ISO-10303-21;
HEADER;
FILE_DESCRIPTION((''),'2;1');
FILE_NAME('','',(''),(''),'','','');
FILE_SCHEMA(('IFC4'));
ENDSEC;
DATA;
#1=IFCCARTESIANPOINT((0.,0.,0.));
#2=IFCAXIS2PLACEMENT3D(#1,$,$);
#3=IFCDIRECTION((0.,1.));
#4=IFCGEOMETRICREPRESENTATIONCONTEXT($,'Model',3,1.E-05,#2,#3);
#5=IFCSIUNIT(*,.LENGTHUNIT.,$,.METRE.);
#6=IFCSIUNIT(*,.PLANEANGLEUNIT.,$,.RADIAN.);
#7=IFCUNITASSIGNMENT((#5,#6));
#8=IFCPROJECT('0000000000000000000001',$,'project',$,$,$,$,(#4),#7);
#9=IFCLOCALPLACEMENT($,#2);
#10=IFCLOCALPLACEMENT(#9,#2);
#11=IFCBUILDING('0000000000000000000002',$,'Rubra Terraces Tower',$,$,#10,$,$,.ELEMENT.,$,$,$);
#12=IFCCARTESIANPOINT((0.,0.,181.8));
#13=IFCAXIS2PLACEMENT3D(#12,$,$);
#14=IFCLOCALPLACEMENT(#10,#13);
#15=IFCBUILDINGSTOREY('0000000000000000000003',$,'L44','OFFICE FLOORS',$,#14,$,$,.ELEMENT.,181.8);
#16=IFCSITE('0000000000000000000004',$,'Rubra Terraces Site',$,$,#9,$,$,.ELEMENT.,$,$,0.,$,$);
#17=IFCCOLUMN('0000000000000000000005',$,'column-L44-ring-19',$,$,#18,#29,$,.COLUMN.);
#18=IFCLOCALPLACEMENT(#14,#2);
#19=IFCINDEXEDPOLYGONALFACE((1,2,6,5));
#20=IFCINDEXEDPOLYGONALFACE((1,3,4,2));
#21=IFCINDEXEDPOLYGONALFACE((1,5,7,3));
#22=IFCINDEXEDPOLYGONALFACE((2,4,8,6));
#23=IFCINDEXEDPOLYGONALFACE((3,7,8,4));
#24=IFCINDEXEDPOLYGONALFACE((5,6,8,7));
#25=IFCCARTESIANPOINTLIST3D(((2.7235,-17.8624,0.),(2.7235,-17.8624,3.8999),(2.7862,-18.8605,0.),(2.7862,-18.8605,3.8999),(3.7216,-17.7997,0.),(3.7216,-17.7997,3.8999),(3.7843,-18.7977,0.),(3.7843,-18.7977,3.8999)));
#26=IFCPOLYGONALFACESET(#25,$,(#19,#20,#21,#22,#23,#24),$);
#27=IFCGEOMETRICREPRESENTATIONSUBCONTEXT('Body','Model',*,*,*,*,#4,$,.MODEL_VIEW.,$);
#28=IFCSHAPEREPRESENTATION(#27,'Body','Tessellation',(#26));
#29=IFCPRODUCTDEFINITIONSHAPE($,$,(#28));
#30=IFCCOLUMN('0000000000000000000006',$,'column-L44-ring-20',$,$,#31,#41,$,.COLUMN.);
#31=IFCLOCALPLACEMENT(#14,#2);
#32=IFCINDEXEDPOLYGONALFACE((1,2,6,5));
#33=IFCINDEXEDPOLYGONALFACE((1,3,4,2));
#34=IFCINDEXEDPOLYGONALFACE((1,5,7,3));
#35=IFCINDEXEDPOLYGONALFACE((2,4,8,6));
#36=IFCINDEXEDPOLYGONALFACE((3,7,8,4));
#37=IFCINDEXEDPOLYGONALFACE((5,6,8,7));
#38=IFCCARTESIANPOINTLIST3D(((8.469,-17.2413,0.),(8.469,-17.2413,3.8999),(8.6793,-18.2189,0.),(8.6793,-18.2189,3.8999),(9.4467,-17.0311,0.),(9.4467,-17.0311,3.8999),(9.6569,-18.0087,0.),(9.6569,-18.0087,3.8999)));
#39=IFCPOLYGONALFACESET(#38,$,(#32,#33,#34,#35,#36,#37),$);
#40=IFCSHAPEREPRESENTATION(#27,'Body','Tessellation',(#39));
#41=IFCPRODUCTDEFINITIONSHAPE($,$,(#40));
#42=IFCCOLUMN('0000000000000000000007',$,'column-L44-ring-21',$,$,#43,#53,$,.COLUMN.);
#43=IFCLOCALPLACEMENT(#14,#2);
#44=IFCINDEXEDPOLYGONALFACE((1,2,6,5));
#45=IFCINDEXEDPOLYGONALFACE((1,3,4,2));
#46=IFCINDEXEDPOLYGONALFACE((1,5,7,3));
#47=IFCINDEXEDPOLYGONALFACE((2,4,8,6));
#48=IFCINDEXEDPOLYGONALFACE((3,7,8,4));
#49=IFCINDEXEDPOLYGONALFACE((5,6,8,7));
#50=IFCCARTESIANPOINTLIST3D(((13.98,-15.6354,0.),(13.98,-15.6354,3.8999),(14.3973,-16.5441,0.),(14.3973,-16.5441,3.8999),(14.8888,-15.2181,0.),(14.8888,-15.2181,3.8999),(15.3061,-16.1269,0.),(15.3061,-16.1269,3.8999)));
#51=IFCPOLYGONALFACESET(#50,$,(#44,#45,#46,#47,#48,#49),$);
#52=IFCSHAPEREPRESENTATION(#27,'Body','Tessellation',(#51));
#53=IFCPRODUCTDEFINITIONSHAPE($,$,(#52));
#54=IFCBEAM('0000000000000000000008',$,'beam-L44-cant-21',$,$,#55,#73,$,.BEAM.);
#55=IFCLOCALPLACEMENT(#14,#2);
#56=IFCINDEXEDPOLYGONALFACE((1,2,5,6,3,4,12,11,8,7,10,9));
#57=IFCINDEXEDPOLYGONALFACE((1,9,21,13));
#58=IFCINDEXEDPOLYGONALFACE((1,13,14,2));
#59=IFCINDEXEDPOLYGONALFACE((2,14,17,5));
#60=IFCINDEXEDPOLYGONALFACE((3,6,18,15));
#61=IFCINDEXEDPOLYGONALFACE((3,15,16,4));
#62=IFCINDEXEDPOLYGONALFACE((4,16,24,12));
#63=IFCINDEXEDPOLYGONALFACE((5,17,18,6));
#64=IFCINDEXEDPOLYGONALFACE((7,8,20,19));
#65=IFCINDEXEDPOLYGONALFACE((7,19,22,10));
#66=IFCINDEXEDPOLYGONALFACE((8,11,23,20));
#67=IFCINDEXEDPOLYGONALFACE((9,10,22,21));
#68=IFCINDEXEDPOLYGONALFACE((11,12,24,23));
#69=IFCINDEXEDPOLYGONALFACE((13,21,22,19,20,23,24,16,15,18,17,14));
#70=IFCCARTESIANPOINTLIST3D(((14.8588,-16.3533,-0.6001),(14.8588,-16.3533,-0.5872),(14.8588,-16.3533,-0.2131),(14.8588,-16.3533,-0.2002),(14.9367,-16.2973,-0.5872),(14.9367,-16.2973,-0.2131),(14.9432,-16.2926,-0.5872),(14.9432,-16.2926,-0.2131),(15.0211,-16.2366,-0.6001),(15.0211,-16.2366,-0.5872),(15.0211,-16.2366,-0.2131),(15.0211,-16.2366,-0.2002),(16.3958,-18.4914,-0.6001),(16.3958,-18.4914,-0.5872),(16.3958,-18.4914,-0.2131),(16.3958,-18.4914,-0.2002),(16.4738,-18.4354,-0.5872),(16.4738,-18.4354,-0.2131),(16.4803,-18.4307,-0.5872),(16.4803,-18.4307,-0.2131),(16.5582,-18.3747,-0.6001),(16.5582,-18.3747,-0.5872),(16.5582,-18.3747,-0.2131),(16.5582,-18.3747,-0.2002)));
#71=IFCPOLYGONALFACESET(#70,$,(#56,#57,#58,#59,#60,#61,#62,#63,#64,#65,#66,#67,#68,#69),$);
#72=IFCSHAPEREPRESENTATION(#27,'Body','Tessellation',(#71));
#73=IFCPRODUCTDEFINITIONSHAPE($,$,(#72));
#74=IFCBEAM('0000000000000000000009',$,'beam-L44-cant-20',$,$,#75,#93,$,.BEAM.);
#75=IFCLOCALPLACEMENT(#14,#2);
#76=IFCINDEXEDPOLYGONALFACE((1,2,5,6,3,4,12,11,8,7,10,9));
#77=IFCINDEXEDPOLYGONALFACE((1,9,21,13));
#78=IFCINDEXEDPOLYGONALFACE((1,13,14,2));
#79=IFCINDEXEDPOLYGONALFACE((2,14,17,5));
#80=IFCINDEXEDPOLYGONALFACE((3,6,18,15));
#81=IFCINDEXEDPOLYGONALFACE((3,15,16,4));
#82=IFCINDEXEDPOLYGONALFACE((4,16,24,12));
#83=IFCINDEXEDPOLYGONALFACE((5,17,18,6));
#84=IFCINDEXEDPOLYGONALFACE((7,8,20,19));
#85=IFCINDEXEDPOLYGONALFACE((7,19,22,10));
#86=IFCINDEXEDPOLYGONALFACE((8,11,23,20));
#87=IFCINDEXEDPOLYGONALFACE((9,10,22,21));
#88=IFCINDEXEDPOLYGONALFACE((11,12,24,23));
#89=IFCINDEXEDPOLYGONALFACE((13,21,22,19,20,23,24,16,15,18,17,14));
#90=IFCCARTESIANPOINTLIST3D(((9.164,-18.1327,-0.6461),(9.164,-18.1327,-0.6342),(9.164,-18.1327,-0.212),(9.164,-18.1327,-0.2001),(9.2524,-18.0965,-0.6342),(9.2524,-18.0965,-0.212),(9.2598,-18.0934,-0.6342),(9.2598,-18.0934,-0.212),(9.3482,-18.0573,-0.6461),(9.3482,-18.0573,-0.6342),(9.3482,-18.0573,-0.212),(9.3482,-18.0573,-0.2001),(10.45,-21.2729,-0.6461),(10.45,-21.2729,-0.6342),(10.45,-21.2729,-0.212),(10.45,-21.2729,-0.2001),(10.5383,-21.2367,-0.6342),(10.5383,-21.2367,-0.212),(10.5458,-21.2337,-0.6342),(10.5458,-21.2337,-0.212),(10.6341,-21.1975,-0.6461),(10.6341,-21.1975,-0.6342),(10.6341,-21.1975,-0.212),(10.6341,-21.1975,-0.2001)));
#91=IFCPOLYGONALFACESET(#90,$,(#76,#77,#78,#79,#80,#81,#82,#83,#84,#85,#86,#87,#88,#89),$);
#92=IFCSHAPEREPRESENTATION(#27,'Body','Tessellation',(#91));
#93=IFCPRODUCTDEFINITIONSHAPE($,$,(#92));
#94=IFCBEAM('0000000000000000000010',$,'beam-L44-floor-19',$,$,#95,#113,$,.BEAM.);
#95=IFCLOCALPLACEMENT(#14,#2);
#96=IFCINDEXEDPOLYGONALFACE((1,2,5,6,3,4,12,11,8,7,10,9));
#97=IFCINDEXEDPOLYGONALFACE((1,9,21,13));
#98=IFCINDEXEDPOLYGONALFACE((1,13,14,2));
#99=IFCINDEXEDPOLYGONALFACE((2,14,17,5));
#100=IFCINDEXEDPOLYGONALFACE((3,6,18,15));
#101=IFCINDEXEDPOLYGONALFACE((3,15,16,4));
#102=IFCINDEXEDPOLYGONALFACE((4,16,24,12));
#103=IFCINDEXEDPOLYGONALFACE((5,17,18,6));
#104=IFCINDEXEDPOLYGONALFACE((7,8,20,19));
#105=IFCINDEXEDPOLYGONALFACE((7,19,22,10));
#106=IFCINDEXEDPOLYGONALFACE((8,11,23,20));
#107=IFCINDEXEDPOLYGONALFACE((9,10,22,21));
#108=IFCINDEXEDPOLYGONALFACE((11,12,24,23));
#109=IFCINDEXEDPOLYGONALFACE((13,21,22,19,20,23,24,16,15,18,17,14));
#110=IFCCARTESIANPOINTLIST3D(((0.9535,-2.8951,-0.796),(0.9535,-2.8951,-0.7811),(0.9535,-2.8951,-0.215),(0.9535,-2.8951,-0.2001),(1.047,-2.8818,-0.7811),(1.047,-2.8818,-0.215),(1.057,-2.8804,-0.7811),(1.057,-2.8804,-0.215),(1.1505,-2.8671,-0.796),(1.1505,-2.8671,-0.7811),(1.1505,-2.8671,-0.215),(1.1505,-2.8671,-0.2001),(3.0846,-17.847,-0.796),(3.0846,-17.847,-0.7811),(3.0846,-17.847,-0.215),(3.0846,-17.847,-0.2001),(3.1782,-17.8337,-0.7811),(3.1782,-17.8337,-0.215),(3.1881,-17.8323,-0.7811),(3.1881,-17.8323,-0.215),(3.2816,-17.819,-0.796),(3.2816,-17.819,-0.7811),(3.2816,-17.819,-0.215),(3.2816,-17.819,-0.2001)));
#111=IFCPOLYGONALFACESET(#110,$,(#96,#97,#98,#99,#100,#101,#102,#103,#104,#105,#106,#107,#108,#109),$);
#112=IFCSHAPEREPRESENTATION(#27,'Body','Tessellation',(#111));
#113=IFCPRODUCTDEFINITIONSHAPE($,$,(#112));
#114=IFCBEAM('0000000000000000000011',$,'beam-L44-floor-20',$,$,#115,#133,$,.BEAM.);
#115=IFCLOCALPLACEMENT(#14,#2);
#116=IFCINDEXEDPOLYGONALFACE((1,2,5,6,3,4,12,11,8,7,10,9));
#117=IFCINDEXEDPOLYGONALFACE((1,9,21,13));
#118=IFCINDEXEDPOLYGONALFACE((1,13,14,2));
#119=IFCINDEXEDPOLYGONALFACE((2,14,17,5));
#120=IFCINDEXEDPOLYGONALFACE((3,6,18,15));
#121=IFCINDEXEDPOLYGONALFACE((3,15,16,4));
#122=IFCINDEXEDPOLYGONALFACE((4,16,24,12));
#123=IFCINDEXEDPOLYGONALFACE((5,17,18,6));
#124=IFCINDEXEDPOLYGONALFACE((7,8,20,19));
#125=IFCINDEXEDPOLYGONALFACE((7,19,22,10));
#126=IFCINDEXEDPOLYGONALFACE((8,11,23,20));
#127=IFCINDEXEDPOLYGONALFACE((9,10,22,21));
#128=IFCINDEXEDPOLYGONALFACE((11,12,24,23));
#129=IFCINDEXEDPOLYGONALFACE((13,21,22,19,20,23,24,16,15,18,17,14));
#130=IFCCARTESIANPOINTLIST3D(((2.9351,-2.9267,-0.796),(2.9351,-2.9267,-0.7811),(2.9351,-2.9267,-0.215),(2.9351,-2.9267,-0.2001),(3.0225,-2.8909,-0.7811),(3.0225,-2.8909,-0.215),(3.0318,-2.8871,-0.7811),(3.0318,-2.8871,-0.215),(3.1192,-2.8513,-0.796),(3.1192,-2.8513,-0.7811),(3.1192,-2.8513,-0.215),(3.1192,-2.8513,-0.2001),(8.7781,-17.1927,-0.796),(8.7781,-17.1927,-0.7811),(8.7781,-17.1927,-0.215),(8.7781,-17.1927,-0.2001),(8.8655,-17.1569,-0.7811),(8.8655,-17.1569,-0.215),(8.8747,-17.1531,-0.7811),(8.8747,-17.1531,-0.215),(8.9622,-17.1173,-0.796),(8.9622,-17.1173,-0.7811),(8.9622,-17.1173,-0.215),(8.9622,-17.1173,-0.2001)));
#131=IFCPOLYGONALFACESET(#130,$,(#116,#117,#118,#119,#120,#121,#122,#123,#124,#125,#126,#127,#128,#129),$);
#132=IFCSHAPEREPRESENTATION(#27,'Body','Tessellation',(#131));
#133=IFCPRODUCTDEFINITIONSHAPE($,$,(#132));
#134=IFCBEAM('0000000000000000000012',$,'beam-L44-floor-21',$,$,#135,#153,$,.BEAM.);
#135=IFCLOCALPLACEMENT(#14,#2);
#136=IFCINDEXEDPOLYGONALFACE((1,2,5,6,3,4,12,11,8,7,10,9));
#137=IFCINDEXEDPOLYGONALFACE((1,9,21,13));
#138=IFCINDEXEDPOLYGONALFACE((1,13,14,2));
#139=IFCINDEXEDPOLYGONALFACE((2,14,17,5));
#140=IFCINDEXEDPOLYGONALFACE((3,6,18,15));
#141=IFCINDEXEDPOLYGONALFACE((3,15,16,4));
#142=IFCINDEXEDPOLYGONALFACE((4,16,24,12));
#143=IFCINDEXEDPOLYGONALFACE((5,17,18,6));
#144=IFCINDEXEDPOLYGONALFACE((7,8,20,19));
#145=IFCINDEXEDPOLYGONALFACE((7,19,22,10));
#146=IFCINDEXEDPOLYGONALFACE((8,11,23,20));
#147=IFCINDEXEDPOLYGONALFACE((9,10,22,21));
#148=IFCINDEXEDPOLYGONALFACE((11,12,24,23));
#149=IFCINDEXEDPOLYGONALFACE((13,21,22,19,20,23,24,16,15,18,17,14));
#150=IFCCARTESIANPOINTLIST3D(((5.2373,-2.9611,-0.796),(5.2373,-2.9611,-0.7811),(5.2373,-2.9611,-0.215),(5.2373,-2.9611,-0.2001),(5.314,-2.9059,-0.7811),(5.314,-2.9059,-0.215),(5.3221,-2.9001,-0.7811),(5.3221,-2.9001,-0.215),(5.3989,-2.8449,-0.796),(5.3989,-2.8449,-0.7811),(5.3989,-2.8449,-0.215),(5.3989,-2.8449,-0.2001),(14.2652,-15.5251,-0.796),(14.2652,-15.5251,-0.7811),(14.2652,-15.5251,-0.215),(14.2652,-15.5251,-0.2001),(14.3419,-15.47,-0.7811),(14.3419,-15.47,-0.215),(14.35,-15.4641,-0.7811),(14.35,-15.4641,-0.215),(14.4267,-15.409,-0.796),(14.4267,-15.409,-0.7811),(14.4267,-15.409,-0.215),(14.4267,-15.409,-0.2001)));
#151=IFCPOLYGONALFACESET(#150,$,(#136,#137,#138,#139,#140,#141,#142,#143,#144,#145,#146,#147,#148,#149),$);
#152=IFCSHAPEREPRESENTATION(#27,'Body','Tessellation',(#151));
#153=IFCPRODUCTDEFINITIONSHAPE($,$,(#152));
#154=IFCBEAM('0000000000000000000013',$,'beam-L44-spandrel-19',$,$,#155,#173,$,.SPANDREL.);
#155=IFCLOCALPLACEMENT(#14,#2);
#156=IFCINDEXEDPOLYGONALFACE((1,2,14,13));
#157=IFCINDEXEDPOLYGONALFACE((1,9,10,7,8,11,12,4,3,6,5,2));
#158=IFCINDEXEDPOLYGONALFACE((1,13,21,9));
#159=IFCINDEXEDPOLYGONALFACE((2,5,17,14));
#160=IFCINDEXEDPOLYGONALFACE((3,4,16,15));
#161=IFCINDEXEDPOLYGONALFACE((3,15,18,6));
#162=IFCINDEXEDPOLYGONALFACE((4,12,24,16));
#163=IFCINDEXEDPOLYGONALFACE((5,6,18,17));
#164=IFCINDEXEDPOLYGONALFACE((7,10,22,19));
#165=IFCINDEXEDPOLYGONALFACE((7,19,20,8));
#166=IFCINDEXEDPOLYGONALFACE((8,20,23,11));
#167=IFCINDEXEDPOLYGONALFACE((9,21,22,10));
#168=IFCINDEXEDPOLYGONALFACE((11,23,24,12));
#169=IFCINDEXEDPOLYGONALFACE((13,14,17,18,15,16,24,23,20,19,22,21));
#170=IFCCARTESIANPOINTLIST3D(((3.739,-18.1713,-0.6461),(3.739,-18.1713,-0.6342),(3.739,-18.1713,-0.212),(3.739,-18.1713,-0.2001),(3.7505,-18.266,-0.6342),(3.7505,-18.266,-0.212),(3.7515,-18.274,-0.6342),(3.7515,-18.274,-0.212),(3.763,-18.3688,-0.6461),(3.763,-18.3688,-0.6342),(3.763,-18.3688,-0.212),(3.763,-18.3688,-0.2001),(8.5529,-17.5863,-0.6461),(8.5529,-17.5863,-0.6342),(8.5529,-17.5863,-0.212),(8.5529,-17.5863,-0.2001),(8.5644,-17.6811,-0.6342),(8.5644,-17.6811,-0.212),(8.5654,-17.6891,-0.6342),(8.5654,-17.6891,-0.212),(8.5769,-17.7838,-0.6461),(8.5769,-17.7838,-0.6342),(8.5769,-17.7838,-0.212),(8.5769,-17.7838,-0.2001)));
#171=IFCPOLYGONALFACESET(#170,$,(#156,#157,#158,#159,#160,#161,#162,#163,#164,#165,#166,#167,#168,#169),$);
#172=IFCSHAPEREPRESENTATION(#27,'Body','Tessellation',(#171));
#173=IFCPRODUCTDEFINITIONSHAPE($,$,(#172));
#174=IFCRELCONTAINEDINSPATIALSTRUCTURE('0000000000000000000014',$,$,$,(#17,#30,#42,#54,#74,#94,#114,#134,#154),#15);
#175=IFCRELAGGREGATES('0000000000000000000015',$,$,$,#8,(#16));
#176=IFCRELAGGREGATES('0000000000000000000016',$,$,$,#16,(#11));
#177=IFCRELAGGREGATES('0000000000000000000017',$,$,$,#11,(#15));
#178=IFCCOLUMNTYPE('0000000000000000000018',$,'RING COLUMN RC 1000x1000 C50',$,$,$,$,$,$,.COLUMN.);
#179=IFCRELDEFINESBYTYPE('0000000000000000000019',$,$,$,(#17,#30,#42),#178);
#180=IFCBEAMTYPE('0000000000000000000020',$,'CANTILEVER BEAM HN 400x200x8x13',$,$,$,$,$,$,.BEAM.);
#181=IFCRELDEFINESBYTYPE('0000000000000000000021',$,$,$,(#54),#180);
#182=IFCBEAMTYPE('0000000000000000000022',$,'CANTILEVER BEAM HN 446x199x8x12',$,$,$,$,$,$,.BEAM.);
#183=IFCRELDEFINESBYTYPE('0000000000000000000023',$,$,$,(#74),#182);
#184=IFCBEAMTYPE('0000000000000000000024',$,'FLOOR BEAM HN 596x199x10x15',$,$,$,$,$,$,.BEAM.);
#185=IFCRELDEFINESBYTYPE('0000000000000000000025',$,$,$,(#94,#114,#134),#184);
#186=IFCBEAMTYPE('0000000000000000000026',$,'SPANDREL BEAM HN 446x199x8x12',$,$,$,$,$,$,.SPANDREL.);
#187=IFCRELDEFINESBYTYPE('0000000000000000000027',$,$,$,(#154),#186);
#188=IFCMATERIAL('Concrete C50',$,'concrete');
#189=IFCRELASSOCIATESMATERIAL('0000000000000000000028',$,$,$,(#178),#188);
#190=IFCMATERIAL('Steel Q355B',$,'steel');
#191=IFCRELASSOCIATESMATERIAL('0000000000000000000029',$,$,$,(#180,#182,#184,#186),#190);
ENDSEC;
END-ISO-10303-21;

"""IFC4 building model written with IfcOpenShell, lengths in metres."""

from ifc_helpers import new_model, si_unit, direction, frame, origin, origin_2d, place, context, subcontext, project, spatial, rectangle, i_section, extrude, material, material_profile, profile_set, type_object, element, save


model = new_model("IFC4")

# Units and contexts
model_context = context("Model", 3, precision=1e-05, world=origin(), true_north=direction((0.0, 1.0)))
body_context = subcontext(model_context, "Body", "Model", "MODEL_VIEW")
ifc_project = project(units=[si_unit("LENGTHUNIT", "METRE"), si_unit("PLANEANGLEUNIT", "RADIAN")], contexts=[model_context])

# Site, building, storey
site_placement = place(None, origin())
site = spatial("IfcSite", under=ifc_project, at=site_placement, Name="Rubra Terraces Site", CompositionType="ELEMENT", RefElevation=0.0)
building_placement = place(site_placement, origin())
building = spatial("IfcBuilding", under=site, at=building_placement, Name="Rubra Terraces Tower", CompositionType="ELEMENT")
storey_placement = place(building_placement, frame((0.0, 0.0, 181.8)))
storey = spatial("IfcBuildingStorey", under=building, at=storey_placement, Name="L44", Description="OFFICE FLOORS", CompositionType="ELEMENT", Elevation=181.8)

# Columns
ifc_material_1 = material(Name="Concrete C50", Category="concrete")
ifc_material_profile_1 = material_profile(ifc_material_1, rectangle(XDim=1.0, YDim=1.0, at=origin_2d()), Name="RC 1000x1000")
ifc_profile_set_1 = profile_set([ifc_material_profile_1], Name="Concrete C50")
column_type = type_object("IfcColumnType", Name="RING COLUMN RC 1000x1000 C50", PredefinedType="COLUMN", material=ifc_profile_set_1)
for number, where, z_axis, x_axis, name in (
    (1, (3.2539, -18.3301, 0.0), (0.0, 0.0, 1.0), (0.998032, 0.062714, 0.0), "column-L44-ring-19"),
    (2, (9.063, -17.625, 0.0), (0.0, 0.0, 1.0), (0.977653, 0.210227, 0.0), "column-L44-ring-20"),
    (3, (14.6431, -15.8811, 0.0), (0.0, 0.0, 1.0), (0.908779, 0.417279, 0.0), "column-L44-ring-21"),
):
    element("IfcColumn", number, at=place(storey_placement, frame(where, z_axis=z_axis, x_axis=x_axis)), inside=storey, type_object=column_type, Name=name, PredefinedType="COLUMN", context=body_context, shape_type="SweptSolid", body=[
        extrude(rectangle(XDim=1.0, YDim=1.0, at=origin_2d()), origin(), (0.0, 0.0, 1.0), 3.8999),
    ])

# Beams
ifc_material_2 = material(Name="Steel Q355B", Category="steel")
ifc_material_profile_2 = material_profile(ifc_material_2, i_section(OverallWidth=0.2, OverallDepth=0.3999, WebThickness=0.0081, FlangeThickness=0.0129, at=origin_2d()), Name="HN 400x200x8x13")
ifc_profile_set_2 = profile_set([ifc_material_profile_2], Name="Steel Q355B")
beam_type_1 = type_object("IfcBeamType", Name="CANTILEVER BEAM HN 400x200x8x13", PredefinedType="BEAM", material=ifc_profile_set_2)
beam_1_placement = place(storey_placement, frame((14.9399, -16.2949, -0.4001), z_axis=(0.583709, -0.811963, 0.0), x_axis=(0.811963, 0.583709, 0.0)))
element("IfcBeam", 4, at=beam_1_placement, inside=storey, type_object=beam_type_1, Name="beam-L44-cant-21", PredefinedType="BEAM", context=body_context, shape_type="SweptSolid", body=[
    extrude(i_section(OverallWidth=0.2, OverallDepth=0.3999, WebThickness=0.0081, FlangeThickness=0.0129, at=origin_2d()), origin(), (0.0, 0.0, 1.0), 2.6333),
])
ifc_material_profile_3 = material_profile(ifc_material_2, i_section(OverallWidth=0.199, OverallDepth=0.446, WebThickness=0.0081, FlangeThickness=0.012, at=origin_2d()), Name="HN 446x199x8x12")
ifc_profile_set_3 = profile_set([ifc_material_profile_3], Name="Steel Q355B")
beam_type_2 = type_object("IfcBeamType", Name="CANTILEVER BEAM HN 446x199x8x12", PredefinedType="BEAM", material=ifc_profile_set_3)
beam_2_placement = place(storey_placement, frame((9.2561, -18.095, -0.4231), z_axis=(0.378958, -0.925414, 0.0), x_axis=(0.925414, 0.378958, 0.0)))
element("IfcBeam", 5, at=beam_2_placement, inside=storey, type_object=beam_type_2, Name="beam-L44-cant-20", PredefinedType="BEAM", context=body_context, shape_type="SweptSolid", body=[
    extrude(i_section(OverallWidth=0.199, OverallDepth=0.446, WebThickness=0.0081, FlangeThickness=0.012, at=origin_2d()), origin(), (0.0, 0.0, 1.0), 3.3933),
])
ifc_material_profile_4 = material_profile(ifc_material_2, i_section(OverallWidth=0.199, OverallDepth=0.5959, WebThickness=0.01, FlangeThickness=0.0149, at=origin_2d()), Name="HN 596x199x10x15")
ifc_profile_set_4 = profile_set([ifc_material_profile_4], Name="Steel Q355B")
beam_type_3 = type_object("IfcBeamType", Name="FLOOR BEAM HN 596x199x10x15", PredefinedType="BEAM", material=ifc_profile_set_4)
beam_3_placement = place(storey_placement, frame((3.1831, -17.833, -0.498), z_axis=(-0.141105, 0.989995, 0.0), x_axis=(-0.989995, -0.141105, 0.0)))
element("IfcBeam", 6, at=beam_3_placement, inside=storey, type_object=beam_type_3, Name="beam-L44-floor-19", PredefinedType="BEAM", context=body_context, shape_type="SweptSolid", body=[
    extrude(i_section(OverallWidth=0.199, OverallDepth=0.5959, WebThickness=0.01, FlangeThickness=0.0149, at=origin_2d()), origin(), (0.0, 0.0, 1.0), 15.103),
])
beam_4_placement = place(storey_placement, frame((8.8701, -17.155, -0.498), z_axis=(-0.379015, 0.92539, 0.0), x_axis=(-0.92539, -0.379015, 0.0)))
element("IfcBeam", 7, at=beam_4_placement, inside=storey, type_object=beam_type_3, Name="beam-L44-floor-20", PredefinedType="BEAM", context=body_context, shape_type="SweptSolid", body=[
    extrude(i_section(OverallWidth=0.199, OverallDepth=0.5959, WebThickness=0.01, FlangeThickness=0.0149, at=origin_2d()), origin(), (0.0, 0.0, 1.0), 15.4163),
])
beam_5_placement = place(storey_placement, frame((14.3459, -15.467, -0.498), z_axis=(-0.583529, 0.812092, 0.0), x_axis=(-0.812092, -0.583529, 0.0)))
element("IfcBeam", 8, at=beam_5_placement, inside=storey, type_object=beam_type_3, Name="beam-L44-floor-21", PredefinedType="BEAM", context=body_context, shape_type="SweptSolid", body=[
    extrude(i_section(OverallWidth=0.199, OverallDepth=0.5959, WebThickness=0.01, FlangeThickness=0.0149, at=origin_2d()), origin(), (0.0, 0.0, 1.0), 15.4712),
])
ifc_material_profile_5 = material_profile(ifc_material_2, i_section(OverallWidth=0.199, OverallDepth=0.446, WebThickness=0.0081, FlangeThickness=0.012, at=origin_2d()), Name="HN 446x199x8x12")
ifc_profile_set_5 = profile_set([ifc_material_profile_5], Name="Steel Q355B")
beam_type_4 = type_object("IfcBeamType", Name="SPANDREL BEAM HN 446x199x8x12", PredefinedType="SPANDREL", material=ifc_profile_set_5)
beam_6_placement = place(storey_placement, frame((3.751, -18.27, -0.4231), z_axis=(0.992698, 0.120626, 0.0), x_axis=(-0.120626, 0.992698, 0.0)))
element("IfcBeam", 9, at=beam_6_placement, inside=storey, type_object=beam_type_4, Name="beam-L44-spandrel-19", PredefinedType="SPANDREL", context=body_context, shape_type="SweptSolid", body=[
    extrude(i_section(OverallWidth=0.199, OverallDepth=0.446, WebThickness=0.0081, FlangeThickness=0.012, at=origin_2d()), origin(), (0.0, 0.0, 1.0), 4.8494),
])

save(model, "model.ifc")
